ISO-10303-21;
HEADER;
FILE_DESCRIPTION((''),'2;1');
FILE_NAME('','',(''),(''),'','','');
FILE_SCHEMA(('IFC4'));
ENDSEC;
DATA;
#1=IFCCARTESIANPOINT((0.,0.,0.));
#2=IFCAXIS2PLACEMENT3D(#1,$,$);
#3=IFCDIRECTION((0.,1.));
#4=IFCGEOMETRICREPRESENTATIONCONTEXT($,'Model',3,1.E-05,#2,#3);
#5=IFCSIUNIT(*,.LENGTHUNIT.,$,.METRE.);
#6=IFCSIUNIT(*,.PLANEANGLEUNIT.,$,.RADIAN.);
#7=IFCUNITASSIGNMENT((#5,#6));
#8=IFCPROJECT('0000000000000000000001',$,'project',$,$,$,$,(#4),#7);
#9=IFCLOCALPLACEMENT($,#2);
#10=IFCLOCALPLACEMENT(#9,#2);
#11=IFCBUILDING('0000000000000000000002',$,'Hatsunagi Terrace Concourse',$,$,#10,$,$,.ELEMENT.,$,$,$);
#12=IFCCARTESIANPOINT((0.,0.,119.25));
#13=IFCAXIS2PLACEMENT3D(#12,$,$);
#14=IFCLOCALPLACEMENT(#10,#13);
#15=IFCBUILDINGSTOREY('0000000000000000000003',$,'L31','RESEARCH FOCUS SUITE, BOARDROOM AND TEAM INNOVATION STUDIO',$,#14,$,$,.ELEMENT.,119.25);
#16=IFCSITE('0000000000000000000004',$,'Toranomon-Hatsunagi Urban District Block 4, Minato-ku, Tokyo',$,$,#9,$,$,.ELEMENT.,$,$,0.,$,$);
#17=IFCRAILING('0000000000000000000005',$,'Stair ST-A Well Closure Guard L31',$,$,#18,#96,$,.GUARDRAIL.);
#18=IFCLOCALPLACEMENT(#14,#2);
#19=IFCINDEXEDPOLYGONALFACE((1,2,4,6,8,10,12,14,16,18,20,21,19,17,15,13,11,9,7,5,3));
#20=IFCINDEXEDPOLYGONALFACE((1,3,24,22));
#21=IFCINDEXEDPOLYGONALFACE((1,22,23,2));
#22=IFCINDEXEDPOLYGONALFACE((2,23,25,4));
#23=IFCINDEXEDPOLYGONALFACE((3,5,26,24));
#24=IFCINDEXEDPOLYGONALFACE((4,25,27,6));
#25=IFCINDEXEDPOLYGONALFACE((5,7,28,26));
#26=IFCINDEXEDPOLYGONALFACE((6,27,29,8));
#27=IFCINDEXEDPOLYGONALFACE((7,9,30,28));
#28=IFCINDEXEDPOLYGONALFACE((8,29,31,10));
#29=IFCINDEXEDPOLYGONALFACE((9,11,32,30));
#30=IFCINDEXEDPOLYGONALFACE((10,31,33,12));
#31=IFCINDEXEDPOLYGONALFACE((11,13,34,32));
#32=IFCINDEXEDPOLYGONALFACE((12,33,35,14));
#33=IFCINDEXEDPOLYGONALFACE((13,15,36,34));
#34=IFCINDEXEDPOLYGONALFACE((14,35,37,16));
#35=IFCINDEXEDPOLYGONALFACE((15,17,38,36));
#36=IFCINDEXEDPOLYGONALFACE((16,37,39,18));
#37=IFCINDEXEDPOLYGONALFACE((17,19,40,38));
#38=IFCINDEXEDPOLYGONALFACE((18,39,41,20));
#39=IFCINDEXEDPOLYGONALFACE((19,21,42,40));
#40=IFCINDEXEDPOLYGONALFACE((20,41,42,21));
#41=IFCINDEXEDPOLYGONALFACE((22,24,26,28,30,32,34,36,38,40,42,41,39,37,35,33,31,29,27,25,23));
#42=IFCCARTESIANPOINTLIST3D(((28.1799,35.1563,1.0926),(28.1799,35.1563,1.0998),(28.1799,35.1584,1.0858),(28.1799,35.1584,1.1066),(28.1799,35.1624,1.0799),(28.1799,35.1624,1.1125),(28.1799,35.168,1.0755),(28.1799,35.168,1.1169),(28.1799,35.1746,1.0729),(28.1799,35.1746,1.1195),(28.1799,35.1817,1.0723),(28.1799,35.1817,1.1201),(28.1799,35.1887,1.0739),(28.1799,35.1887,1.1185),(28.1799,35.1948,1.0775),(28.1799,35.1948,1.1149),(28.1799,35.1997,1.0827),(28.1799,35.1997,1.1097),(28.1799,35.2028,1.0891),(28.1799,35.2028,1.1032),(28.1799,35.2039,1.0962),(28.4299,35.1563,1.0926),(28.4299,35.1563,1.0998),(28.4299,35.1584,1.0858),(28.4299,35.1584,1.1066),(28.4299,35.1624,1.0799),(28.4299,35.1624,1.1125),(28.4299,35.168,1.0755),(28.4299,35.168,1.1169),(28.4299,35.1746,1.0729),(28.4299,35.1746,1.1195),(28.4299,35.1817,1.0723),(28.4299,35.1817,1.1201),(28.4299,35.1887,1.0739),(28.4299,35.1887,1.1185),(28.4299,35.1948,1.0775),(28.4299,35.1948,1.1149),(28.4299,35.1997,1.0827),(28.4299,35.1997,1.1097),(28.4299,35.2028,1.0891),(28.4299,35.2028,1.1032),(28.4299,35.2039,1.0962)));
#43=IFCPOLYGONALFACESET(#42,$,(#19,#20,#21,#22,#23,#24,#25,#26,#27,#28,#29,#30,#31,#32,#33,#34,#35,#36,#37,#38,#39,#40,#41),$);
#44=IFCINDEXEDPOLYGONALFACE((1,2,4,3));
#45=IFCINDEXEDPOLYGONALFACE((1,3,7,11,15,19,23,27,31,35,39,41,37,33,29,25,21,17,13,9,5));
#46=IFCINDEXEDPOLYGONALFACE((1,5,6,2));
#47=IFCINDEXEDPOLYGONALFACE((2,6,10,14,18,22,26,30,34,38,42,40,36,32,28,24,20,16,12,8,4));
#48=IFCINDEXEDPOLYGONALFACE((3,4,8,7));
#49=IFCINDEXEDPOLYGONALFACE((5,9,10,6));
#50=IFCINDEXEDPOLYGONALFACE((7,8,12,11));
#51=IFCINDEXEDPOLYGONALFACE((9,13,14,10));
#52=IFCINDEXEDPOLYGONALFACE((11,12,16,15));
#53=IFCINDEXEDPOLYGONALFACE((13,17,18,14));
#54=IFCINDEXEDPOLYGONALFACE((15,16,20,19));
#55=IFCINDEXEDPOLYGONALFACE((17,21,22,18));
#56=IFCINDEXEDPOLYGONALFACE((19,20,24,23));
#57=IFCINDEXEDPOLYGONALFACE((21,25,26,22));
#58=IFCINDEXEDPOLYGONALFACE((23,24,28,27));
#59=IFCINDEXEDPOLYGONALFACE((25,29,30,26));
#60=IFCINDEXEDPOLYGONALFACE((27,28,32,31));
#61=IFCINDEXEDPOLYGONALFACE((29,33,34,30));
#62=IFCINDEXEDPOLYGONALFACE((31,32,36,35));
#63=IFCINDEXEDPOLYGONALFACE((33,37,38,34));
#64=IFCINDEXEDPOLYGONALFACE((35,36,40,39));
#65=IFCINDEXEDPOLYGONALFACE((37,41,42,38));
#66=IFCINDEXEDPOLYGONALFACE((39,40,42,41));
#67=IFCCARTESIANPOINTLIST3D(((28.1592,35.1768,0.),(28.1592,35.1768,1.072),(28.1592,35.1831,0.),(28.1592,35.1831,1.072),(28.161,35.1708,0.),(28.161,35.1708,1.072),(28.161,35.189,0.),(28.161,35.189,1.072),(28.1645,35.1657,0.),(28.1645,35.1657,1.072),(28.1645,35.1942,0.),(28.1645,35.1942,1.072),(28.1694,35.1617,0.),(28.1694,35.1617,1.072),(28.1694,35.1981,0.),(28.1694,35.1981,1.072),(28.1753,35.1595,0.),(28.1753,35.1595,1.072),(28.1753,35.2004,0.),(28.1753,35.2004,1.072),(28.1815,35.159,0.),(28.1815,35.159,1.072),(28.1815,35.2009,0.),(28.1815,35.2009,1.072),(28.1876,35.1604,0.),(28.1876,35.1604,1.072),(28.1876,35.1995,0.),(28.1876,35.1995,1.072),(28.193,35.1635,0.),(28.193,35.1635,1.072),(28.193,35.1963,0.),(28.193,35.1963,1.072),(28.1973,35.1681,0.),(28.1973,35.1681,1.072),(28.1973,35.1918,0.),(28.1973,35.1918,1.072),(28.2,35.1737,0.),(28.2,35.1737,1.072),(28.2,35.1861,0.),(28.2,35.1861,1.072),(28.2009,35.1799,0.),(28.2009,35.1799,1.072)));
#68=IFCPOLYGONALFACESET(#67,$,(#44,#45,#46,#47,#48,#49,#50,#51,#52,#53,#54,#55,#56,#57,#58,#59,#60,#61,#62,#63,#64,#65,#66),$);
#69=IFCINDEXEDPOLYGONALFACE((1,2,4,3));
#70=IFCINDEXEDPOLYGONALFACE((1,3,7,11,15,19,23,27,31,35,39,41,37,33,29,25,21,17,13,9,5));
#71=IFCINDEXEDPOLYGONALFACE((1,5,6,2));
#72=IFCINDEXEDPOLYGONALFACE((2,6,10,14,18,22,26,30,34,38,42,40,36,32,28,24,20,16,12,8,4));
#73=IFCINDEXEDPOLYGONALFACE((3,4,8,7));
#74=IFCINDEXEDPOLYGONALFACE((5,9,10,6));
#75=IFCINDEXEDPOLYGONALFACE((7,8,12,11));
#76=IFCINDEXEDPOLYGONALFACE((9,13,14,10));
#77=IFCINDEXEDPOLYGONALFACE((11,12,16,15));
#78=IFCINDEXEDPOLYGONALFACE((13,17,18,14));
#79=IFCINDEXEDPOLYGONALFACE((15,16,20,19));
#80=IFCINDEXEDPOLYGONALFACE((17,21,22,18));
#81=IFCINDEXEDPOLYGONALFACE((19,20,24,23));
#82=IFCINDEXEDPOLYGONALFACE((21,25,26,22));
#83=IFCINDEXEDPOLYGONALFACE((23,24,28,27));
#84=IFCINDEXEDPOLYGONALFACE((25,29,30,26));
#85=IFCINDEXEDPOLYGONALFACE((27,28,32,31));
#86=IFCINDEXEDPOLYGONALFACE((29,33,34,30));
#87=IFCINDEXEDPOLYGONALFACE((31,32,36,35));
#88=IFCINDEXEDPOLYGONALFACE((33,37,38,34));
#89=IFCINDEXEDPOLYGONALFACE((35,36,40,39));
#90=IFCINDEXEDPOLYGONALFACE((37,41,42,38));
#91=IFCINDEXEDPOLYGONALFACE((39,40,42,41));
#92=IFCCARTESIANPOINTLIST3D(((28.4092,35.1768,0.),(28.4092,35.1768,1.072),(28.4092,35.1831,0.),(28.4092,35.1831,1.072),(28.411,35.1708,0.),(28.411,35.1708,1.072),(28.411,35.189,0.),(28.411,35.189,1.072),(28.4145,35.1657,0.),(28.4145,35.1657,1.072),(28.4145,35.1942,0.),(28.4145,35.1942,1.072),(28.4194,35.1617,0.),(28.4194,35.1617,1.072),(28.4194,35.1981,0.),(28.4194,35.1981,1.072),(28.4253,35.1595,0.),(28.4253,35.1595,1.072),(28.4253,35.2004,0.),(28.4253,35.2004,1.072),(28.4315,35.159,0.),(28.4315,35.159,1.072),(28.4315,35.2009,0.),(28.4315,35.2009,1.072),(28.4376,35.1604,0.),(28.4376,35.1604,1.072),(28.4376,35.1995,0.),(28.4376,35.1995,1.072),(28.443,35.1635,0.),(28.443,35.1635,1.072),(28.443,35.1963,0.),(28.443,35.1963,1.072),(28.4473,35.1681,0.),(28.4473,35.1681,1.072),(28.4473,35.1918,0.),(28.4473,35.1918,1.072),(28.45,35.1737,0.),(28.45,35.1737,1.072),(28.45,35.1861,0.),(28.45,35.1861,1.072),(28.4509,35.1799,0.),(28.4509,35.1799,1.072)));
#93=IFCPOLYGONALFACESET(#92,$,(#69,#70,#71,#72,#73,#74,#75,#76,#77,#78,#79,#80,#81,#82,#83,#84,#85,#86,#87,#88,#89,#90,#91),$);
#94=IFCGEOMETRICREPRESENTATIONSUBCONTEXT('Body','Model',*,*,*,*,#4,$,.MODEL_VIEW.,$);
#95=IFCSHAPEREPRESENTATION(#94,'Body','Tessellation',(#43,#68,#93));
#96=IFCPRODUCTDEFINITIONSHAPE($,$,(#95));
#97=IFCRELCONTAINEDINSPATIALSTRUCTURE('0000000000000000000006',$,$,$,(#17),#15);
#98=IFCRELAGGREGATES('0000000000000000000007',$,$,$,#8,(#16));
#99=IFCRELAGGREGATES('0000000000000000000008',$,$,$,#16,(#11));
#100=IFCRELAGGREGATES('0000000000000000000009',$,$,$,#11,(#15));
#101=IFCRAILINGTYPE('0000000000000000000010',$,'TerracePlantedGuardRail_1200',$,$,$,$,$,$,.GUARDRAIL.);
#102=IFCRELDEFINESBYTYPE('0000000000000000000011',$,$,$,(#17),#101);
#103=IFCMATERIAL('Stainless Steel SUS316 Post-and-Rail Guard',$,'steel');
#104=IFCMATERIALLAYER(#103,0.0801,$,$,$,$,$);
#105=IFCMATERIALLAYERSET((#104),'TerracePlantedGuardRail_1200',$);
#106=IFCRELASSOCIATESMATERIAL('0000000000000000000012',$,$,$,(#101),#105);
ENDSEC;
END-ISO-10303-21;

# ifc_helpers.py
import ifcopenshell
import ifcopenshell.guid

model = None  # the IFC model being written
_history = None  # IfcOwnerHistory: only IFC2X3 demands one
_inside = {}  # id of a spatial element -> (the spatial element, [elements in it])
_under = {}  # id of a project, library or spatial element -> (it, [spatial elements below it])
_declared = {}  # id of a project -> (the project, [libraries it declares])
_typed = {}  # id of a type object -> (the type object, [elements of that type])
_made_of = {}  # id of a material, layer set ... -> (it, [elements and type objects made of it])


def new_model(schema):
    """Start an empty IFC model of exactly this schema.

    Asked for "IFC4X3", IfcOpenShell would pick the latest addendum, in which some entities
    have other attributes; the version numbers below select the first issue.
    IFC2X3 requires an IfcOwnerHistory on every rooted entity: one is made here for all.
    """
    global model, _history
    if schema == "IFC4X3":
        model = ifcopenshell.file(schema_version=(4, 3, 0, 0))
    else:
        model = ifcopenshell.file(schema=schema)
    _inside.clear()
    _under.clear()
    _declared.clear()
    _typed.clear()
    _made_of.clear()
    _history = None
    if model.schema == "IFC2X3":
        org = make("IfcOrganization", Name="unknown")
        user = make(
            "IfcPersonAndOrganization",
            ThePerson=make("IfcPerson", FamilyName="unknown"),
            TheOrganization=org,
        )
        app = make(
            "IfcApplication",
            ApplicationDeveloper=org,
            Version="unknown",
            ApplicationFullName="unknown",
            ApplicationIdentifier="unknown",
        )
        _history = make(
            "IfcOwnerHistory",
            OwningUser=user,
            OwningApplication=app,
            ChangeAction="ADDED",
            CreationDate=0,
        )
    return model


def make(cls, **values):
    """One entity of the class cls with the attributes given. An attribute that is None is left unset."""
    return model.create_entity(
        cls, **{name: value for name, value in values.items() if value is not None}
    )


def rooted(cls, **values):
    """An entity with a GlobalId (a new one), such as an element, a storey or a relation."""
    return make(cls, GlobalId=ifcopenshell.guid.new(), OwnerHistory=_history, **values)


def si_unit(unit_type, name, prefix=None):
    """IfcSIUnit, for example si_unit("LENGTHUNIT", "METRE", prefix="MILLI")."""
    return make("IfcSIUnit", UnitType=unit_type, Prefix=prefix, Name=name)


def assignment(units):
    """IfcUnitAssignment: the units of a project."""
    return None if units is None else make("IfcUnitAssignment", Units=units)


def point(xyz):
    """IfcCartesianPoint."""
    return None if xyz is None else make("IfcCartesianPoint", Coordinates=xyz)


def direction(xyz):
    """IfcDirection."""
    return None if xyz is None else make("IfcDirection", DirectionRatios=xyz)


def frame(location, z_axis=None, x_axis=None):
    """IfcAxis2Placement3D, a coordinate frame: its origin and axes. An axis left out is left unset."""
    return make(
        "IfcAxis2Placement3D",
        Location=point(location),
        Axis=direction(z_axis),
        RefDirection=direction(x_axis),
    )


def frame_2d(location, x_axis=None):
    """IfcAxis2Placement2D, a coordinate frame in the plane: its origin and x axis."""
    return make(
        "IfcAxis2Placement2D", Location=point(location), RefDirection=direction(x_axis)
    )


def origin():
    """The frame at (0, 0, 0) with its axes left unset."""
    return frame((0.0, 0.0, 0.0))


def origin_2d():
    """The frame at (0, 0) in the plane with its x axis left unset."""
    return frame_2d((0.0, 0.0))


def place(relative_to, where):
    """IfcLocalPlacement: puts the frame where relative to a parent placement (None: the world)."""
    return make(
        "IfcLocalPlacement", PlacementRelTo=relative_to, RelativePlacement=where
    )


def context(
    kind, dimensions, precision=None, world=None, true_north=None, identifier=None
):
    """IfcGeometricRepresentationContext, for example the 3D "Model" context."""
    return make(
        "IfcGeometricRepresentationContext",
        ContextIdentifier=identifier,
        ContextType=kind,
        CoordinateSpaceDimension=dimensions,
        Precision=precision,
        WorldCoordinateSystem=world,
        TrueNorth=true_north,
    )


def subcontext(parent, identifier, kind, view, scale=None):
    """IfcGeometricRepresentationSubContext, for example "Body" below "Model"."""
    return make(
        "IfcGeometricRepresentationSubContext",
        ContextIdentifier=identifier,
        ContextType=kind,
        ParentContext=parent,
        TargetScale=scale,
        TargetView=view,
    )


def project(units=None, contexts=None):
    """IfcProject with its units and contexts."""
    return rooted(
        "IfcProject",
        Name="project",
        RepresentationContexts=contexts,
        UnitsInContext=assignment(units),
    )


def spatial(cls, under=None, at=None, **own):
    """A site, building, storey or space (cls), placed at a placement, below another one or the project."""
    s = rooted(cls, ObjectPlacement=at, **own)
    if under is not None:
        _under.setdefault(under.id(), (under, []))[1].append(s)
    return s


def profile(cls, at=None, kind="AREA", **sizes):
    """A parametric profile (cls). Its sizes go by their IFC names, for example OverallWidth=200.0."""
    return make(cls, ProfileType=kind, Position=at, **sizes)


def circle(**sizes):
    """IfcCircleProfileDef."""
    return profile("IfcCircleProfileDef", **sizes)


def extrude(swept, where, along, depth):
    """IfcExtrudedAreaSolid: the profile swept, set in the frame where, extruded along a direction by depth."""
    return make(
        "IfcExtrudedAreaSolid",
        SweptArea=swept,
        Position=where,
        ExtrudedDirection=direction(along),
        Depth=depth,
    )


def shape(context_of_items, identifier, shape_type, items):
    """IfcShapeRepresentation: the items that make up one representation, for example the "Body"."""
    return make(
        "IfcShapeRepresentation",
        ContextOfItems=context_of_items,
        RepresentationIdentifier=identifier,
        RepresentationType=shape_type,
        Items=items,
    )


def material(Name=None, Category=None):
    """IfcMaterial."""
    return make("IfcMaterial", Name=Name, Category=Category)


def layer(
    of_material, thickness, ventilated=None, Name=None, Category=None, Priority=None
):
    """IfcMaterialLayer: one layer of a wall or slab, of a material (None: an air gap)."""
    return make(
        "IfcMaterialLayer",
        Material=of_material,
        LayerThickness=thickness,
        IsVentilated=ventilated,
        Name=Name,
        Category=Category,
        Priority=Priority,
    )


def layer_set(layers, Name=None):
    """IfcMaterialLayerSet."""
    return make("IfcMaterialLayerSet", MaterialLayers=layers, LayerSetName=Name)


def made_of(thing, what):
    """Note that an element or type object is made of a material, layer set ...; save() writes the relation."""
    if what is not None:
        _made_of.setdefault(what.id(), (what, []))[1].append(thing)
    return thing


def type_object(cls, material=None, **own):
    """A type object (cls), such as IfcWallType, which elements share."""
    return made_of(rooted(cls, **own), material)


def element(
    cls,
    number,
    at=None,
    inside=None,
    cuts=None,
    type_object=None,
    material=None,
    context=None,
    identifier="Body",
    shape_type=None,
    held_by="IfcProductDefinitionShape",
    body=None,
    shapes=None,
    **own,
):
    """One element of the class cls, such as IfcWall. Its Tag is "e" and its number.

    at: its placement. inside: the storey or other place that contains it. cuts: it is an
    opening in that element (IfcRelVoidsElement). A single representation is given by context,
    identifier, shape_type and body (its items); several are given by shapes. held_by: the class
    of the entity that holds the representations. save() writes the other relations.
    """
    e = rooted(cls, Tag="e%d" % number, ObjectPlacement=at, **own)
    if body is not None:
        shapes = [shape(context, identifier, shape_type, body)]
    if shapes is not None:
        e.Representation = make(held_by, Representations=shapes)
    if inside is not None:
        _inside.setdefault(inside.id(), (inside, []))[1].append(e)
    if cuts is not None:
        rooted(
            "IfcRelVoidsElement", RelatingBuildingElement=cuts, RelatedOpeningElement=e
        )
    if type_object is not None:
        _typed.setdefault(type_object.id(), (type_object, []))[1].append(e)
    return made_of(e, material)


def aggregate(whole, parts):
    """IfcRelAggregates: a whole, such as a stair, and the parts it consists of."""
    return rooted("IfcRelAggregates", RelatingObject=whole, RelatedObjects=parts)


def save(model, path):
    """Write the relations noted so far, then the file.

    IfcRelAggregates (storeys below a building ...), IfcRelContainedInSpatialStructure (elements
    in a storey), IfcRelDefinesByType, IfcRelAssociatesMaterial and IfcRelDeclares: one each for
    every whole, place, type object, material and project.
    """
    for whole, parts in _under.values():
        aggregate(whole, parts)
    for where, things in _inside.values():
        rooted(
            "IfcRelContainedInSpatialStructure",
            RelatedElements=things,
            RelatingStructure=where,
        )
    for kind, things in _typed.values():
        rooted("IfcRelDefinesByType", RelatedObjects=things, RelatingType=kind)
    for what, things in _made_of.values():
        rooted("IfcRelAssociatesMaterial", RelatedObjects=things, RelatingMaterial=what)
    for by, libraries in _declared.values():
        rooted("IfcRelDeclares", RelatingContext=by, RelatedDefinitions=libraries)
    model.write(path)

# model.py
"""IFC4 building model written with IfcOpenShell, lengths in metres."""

from ifc_helpers import new_model, si_unit, direction, frame, origin, origin_2d, place, context, subcontext, project, spatial, circle, extrude, material, layer, layer_set, type_object, element, save


model = new_model("IFC4")

# Units and contexts
model_context = context("Model", 3, precision=1e-05, world=origin(), true_north=direction((0.0, 1.0)))
body_context = subcontext(model_context, "Body", "Model", "MODEL_VIEW")
ifc_project = project(units=[si_unit("LENGTHUNIT", "METRE"), si_unit("PLANEANGLEUNIT", "RADIAN")], contexts=[model_context])

# Site, building, storey
site_placement = place(None, origin())
site = spatial("IfcSite", under=ifc_project, at=site_placement, Name="Toranomon-Hatsunagi Urban District Block 4, Minato-ku, Tokyo", CompositionType="ELEMENT", RefElevation=0.0)
building_placement = place(site_placement, origin())
building = spatial("IfcBuilding", under=site, at=building_placement, Name="Hatsunagi Terrace Concourse", CompositionType="ELEMENT")
storey_placement = place(building_placement, frame((0.0, 0.0, 119.25)))
storey = spatial("IfcBuildingStorey", under=building, at=storey_placement, Name="L31", Description="RESEARCH FOCUS SUITE, BOARDROOM AND TEAM INNOVATION STUDIO", CompositionType="ELEMENT", Elevation=119.25)

# Railing
ifc_material_1 = material(Name="Stainless Steel SUS316 Post-and-Rail Guard", Category="steel")
ifc_layer_1 = layer(ifc_material_1, 0.0801)
ifc_layer_set_1 = layer_set([ifc_layer_1], Name="TerracePlantedGuardRail_1200")
railing_type_1 = type_object("IfcRailingType", Name="TerracePlantedGuardRail_1200", PredefinedType="GUARDRAIL", material=ifc_layer_set_1)
railing_1_placement = place(storey_placement, frame((28.1799, 35.1799, 0.0)))
element("IfcRailing", 1, at=railing_1_placement, inside=storey, type_object=railing_type_1, Name="Stair ST-A Well Closure Guard L31", PredefinedType="GUARDRAIL", context=body_context, shape_type="SweptSolid", body=[
    extrude(circle(Radius=0.0239, at=origin_2d()), frame((0.0, 0.0, 1.0962), z_axis=(1.0, 0.0, 0.0), x_axis=(0.0, 1.0, 0.0)), (0.0, 0.0, 1.0), 0.25),
    extrude(circle(Radius=0.021, at=origin_2d()), origin(), (0.0, 0.0, 1.0), 1.072),
    extrude(circle(Radius=0.021, at=origin_2d()), frame((0.25, 0.0, 0.0)), (0.0, 0.0, 1.0), 1.072),
])

save(model, "model.ifc")
